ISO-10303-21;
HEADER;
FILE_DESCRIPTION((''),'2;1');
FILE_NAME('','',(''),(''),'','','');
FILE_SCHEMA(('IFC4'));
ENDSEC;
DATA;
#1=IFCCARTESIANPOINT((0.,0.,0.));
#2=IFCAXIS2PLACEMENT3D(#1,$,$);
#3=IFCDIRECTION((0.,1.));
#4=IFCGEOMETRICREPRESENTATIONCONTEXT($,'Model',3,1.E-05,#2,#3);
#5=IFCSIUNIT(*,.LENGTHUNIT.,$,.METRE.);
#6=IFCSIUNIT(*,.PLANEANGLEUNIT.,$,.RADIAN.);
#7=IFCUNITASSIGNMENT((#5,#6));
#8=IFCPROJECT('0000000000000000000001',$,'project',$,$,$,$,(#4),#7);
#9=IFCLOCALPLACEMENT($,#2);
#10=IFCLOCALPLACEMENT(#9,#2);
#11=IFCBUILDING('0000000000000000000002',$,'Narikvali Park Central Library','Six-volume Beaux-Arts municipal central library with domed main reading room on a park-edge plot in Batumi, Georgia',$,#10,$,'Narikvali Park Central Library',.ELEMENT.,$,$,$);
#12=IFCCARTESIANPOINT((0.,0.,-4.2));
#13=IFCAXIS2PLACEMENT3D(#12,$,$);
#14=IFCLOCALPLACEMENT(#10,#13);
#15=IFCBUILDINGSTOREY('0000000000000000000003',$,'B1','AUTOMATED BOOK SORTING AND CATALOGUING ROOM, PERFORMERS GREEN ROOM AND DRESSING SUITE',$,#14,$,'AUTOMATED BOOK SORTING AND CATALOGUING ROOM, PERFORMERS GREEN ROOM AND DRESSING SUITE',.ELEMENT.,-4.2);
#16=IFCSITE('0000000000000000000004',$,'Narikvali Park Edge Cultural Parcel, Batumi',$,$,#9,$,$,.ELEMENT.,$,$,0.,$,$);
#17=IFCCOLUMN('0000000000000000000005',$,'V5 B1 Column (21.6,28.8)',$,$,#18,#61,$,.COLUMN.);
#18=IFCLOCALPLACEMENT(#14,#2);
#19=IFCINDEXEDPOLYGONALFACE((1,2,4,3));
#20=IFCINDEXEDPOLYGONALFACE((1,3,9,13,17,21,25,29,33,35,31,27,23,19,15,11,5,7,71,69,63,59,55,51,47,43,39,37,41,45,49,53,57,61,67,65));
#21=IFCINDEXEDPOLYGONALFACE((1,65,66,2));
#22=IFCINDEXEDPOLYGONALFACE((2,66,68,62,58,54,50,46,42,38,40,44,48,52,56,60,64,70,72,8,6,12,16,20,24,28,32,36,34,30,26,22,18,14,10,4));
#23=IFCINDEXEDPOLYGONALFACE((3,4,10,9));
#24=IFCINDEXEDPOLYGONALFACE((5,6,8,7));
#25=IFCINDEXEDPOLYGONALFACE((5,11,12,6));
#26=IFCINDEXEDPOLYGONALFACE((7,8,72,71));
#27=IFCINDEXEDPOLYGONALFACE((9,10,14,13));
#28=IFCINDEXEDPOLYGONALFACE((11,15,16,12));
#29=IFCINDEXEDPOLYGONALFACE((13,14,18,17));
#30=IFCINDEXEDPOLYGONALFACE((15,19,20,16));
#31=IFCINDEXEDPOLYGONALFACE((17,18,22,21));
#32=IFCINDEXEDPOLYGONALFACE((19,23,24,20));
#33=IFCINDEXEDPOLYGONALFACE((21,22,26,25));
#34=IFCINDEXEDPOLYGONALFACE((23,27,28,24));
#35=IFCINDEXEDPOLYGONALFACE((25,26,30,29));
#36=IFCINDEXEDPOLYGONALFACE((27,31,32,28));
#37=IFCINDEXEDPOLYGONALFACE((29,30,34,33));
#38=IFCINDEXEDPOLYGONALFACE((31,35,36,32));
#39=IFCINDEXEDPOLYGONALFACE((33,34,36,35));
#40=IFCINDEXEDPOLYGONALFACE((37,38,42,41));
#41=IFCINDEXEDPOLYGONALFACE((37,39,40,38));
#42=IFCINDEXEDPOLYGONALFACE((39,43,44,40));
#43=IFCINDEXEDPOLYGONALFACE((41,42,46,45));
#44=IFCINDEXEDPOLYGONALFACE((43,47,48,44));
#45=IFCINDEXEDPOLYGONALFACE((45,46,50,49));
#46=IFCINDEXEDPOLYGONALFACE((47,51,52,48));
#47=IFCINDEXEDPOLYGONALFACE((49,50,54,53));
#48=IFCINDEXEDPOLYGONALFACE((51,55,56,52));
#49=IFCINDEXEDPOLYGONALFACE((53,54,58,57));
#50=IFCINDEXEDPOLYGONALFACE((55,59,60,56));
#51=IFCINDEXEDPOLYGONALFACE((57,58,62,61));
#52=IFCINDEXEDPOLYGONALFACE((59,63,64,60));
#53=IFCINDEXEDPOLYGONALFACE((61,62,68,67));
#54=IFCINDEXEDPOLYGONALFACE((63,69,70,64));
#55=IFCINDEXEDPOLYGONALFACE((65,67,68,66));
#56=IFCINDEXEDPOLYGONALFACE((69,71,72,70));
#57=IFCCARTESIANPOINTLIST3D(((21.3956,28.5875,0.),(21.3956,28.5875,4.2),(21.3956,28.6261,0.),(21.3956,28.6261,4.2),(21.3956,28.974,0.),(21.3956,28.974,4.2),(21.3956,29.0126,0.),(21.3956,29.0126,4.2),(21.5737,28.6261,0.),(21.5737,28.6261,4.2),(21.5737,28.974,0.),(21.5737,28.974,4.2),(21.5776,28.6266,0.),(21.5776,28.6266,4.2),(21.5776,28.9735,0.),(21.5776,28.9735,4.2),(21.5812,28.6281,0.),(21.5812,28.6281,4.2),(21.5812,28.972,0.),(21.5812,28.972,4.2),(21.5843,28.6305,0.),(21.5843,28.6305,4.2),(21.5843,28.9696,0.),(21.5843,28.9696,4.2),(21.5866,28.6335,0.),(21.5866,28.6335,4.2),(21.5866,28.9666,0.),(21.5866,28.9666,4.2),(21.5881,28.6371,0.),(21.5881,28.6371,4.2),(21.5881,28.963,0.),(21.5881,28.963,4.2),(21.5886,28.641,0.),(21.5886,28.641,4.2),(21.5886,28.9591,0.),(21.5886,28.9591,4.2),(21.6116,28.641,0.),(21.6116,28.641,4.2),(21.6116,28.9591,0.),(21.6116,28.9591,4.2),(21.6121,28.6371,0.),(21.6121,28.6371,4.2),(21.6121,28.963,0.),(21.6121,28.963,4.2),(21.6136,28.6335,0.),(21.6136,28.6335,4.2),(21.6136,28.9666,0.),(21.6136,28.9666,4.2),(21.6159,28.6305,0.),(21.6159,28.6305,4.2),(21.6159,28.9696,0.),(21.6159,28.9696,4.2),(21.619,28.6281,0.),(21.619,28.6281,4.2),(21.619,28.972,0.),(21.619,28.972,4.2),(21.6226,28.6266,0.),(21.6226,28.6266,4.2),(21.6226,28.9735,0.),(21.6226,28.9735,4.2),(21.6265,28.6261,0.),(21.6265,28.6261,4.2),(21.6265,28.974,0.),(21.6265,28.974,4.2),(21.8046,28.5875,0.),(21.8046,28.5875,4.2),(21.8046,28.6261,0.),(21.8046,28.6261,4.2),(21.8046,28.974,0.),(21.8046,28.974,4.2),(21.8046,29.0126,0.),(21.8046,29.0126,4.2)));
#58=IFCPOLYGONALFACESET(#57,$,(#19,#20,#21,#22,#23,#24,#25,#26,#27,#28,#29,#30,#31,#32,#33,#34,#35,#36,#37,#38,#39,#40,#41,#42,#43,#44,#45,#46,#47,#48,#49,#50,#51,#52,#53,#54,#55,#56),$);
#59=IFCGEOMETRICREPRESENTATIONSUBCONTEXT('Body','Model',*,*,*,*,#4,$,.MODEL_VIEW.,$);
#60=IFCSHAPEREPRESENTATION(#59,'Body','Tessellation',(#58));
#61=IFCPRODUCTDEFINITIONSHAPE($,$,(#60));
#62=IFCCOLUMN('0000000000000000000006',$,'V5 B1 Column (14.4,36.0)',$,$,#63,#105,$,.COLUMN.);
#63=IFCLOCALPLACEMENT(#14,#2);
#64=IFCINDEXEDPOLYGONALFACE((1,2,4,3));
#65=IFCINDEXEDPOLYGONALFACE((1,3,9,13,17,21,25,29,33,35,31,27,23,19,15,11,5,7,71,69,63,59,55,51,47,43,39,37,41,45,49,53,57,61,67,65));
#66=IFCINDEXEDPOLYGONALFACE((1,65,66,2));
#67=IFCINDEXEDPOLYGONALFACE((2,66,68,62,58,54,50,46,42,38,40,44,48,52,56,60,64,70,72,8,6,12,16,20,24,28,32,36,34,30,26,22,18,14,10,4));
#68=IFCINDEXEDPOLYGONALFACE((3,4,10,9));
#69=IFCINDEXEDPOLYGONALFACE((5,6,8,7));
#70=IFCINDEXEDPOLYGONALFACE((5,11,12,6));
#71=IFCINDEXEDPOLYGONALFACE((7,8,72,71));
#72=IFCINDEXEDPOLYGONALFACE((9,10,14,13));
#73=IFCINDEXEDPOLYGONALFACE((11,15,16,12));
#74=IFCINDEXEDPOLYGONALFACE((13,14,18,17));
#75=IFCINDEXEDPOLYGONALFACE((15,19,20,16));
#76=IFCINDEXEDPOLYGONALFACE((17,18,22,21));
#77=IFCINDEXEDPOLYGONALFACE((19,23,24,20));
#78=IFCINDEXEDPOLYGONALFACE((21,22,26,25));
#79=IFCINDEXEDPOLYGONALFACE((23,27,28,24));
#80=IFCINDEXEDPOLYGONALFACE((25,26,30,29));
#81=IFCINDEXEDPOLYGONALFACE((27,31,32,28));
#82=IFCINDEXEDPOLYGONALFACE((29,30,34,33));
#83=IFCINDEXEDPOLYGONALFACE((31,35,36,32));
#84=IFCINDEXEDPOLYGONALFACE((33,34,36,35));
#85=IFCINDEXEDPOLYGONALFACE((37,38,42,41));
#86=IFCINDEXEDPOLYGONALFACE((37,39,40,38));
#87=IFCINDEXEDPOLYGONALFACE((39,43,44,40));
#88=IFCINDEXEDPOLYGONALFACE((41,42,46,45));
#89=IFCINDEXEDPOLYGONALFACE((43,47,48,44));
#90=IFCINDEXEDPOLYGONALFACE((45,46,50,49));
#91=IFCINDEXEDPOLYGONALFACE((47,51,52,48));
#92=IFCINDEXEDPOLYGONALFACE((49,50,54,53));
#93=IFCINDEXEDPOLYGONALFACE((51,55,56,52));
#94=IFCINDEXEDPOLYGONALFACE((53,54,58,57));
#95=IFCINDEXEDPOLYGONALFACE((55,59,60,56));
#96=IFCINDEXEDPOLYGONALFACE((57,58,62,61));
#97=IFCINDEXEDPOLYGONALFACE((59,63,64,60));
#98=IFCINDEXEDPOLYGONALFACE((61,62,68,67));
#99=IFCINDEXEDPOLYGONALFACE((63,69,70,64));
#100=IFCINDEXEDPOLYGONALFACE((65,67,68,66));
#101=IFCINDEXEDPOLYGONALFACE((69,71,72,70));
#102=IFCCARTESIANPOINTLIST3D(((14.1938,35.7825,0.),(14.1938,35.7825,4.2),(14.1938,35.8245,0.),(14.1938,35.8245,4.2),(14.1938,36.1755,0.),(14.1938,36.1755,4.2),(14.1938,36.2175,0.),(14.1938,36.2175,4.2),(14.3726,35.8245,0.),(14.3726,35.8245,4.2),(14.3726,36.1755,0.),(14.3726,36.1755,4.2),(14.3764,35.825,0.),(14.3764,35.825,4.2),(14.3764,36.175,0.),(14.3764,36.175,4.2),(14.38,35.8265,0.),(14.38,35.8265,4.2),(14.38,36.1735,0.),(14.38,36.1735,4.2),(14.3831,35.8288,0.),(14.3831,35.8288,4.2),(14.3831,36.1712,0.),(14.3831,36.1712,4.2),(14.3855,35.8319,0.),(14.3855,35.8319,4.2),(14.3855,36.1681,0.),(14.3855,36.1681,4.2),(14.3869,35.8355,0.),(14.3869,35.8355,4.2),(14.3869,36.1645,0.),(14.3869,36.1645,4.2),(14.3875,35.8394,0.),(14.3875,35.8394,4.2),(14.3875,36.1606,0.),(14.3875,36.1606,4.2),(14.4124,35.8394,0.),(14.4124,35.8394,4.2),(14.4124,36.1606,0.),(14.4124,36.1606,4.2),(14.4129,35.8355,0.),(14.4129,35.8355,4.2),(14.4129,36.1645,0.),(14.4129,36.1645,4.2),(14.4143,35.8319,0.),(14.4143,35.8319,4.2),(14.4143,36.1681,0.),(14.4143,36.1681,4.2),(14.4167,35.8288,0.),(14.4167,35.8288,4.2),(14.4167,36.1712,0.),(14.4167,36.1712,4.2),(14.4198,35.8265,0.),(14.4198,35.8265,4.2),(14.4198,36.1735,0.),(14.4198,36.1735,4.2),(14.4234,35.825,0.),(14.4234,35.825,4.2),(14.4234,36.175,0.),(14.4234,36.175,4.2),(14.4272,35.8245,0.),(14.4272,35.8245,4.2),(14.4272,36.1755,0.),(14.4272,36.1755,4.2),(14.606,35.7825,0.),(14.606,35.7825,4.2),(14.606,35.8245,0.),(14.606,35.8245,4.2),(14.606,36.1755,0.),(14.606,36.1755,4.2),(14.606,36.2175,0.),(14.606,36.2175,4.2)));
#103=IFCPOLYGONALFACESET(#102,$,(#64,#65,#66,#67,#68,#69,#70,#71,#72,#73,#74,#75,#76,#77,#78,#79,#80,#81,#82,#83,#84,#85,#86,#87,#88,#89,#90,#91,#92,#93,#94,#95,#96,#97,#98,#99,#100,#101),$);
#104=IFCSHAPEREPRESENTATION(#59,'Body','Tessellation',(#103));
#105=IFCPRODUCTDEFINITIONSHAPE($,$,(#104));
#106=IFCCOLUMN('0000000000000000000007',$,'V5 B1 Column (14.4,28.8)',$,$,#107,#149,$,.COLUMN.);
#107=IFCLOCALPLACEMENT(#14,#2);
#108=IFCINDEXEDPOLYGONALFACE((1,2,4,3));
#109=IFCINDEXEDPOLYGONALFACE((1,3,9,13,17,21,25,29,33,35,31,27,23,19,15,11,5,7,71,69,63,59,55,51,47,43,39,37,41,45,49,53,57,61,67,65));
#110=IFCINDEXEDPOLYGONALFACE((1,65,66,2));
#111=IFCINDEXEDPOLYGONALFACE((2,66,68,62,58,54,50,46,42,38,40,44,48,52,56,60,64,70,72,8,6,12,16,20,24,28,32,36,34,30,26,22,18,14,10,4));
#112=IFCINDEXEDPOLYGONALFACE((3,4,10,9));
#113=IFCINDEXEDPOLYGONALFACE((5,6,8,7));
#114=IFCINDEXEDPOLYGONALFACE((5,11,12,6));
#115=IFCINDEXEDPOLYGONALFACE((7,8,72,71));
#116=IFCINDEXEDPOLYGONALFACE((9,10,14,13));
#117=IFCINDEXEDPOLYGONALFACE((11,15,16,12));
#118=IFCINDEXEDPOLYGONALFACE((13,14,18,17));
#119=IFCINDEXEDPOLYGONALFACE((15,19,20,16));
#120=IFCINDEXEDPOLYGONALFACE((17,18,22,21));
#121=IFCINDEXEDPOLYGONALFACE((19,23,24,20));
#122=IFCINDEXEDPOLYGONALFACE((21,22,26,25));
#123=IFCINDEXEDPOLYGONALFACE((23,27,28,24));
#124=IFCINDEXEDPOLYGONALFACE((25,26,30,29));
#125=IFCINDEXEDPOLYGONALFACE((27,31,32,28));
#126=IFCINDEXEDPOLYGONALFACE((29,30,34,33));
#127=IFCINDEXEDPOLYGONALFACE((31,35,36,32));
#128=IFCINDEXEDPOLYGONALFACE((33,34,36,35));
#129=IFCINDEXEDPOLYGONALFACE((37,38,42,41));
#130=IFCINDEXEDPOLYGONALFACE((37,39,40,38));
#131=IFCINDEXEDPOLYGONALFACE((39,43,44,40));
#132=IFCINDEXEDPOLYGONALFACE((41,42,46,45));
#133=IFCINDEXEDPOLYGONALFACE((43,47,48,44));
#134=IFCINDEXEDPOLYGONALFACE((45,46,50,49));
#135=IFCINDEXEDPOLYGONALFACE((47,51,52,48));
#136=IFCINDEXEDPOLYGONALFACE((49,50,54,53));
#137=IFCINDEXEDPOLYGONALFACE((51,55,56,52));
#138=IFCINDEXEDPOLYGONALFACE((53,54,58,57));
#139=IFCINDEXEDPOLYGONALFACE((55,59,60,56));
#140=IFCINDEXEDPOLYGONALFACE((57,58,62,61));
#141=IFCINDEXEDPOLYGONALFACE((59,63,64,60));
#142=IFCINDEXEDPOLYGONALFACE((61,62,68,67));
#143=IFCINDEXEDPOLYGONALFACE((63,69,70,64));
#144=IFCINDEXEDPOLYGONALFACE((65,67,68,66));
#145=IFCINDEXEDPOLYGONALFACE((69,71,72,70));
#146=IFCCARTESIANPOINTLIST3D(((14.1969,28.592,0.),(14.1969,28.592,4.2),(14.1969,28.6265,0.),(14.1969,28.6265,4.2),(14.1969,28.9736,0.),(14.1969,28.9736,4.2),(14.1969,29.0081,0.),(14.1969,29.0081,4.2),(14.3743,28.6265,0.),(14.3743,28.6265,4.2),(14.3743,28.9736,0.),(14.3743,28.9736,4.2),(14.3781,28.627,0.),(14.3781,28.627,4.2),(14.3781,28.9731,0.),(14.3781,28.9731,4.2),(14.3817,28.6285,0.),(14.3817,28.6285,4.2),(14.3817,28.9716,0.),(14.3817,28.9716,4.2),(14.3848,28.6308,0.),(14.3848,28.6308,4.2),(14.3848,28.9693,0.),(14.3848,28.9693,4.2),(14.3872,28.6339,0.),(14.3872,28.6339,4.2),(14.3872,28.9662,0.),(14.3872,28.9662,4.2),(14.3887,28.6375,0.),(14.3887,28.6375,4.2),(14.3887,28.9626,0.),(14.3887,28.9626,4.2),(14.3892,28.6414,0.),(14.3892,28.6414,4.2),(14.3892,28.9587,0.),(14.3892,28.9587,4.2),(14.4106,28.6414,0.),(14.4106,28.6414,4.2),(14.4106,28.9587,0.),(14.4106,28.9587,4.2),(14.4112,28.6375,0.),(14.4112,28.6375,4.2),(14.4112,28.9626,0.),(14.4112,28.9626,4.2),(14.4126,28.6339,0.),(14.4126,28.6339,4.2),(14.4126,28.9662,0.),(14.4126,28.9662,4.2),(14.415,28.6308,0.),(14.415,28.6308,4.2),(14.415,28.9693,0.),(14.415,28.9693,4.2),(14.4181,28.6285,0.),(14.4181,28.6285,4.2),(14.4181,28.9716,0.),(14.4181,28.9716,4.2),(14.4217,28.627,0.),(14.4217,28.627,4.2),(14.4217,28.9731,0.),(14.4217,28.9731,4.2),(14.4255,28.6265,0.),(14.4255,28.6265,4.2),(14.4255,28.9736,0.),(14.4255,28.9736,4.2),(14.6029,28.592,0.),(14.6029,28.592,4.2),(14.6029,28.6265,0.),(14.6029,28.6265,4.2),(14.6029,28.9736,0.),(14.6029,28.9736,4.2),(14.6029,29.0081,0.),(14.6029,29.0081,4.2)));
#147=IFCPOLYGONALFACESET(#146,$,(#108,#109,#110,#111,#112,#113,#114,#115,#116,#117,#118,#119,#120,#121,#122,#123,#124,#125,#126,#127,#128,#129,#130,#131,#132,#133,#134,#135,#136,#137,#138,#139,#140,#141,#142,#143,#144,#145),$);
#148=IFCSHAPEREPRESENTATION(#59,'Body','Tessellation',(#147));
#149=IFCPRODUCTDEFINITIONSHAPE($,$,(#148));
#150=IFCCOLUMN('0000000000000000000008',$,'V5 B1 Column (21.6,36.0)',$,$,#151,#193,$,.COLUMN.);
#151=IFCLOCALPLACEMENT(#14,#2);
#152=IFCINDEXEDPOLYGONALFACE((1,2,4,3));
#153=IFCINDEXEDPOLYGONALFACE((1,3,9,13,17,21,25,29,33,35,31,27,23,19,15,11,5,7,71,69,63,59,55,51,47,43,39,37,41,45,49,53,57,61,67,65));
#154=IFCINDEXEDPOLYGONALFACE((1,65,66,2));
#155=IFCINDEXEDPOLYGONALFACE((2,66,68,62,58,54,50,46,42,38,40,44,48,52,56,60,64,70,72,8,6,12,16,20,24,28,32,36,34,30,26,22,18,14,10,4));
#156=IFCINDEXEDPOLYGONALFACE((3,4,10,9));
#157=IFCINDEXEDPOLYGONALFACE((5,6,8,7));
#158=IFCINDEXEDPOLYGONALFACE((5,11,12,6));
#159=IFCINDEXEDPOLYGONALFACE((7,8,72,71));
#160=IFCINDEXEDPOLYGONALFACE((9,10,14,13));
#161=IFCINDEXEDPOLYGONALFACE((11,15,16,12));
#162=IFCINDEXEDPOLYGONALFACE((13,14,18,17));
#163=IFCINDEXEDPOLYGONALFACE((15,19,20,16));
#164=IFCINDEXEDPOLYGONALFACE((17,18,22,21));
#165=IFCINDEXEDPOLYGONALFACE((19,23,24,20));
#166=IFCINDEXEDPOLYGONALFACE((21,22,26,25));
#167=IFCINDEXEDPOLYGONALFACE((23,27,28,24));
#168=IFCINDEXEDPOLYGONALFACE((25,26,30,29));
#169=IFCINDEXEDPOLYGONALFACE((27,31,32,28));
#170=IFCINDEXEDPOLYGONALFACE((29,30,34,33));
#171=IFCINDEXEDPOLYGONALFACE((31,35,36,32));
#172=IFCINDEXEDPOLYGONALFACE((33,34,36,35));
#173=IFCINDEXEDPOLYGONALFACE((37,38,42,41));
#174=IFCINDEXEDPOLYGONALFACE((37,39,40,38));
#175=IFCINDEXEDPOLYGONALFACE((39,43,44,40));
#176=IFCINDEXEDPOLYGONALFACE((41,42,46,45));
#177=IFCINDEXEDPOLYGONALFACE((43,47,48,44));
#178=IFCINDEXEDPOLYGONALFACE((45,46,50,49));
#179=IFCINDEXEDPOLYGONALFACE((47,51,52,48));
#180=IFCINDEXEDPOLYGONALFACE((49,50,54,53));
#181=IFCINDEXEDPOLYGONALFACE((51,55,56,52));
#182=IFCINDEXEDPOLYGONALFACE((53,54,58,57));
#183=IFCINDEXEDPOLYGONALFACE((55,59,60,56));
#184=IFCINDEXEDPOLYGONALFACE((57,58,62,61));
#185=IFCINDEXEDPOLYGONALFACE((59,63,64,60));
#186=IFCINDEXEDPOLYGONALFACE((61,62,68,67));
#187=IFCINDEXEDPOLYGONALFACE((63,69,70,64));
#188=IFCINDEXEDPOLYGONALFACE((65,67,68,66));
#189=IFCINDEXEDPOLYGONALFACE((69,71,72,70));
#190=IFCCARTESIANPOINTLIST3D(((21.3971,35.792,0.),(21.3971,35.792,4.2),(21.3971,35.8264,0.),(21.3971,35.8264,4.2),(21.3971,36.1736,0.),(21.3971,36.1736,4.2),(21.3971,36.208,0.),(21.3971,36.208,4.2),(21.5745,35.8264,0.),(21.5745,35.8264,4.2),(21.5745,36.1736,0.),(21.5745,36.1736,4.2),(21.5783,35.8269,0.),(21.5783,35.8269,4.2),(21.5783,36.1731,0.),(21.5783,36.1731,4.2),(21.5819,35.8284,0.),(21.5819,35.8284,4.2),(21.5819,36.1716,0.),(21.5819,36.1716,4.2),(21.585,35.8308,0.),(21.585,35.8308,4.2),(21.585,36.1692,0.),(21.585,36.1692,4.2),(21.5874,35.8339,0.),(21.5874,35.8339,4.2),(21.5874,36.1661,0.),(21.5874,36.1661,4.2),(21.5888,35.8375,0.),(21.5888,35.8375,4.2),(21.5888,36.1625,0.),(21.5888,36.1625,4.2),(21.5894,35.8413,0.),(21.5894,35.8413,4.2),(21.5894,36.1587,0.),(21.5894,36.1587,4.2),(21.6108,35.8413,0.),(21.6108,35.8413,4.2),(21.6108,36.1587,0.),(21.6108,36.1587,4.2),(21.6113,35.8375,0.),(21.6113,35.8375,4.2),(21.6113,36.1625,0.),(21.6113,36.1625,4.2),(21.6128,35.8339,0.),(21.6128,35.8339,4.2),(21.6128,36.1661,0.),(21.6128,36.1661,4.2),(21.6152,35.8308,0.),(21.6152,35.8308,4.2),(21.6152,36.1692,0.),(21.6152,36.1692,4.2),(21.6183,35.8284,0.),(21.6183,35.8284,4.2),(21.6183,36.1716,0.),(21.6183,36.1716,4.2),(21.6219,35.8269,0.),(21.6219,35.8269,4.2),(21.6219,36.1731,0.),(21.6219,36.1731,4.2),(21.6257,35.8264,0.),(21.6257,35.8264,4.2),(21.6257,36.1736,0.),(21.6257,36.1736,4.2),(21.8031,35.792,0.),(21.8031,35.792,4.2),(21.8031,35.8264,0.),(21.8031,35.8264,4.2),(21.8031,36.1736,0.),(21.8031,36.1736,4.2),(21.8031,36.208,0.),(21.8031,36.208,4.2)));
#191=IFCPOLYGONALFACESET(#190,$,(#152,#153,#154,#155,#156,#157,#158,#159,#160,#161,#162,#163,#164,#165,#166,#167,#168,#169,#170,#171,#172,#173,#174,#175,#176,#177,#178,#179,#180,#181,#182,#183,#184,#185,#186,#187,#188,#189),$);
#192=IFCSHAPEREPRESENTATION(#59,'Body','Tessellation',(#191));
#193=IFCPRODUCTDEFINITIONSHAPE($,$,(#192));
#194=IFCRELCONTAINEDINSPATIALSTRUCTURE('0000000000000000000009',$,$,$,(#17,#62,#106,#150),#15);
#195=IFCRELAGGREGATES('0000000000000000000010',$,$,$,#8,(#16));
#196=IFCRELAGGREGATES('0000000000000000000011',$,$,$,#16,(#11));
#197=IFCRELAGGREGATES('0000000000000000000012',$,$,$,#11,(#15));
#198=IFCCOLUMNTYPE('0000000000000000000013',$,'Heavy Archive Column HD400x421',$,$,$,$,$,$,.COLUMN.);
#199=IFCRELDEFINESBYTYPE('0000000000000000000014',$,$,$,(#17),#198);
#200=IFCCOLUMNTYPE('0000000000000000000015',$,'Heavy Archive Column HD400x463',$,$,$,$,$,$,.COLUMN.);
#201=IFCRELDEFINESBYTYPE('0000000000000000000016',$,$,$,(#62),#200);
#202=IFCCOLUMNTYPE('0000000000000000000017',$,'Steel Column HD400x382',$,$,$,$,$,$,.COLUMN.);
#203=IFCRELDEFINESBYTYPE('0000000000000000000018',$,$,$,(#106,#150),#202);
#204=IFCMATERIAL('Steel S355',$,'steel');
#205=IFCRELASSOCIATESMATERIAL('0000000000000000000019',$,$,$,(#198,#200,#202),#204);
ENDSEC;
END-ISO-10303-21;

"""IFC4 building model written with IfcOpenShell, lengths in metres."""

from ifc_helpers import new_model, si_unit, direction, frame, origin, origin_2d, place, context, subcontext, project, spatial, i_section, extrude, material, material_profile, profile_set, type_object, element, save


model = new_model("IFC4")

# Units and contexts
model_context = context("Model", 3, precision=1e-05, world=origin(), true_north=direction((0.0, 1.0)))
body_context = subcontext(model_context, "Body", "Model", "MODEL_VIEW")
ifc_project = project(units=[si_unit("LENGTHUNIT", "METRE"), si_unit("PLANEANGLEUNIT", "RADIAN")], contexts=[model_context])

# Site, building, storey
site_placement = place(None, origin())
site = spatial("IfcSite", under=ifc_project, at=site_placement, Name="Narikvali Park Edge Cultural Parcel, Batumi", CompositionType="ELEMENT", RefElevation=0.0)
building_placement = place(site_placement, origin())
building = spatial("IfcBuilding", under=site, at=building_placement, Name="Narikvali Park Central Library", Description="Six-volume Beaux-Arts municipal central library with domed main reading room on a park-edge plot in Batumi, Georgia", LongName="Narikvali Park Central Library", CompositionType="ELEMENT")
storey_placement = place(building_placement, frame((0.0, 0.0, -4.2)))
storey = spatial("IfcBuildingStorey", under=building, at=storey_placement, Name="B1", Description="AUTOMATED BOOK SORTING AND CATALOGUING ROOM, PERFORMERS GREEN ROOM AND DRESSING SUITE", LongName="AUTOMATED BOOK SORTING AND CATALOGUING ROOM, PERFORMERS GREEN ROOM AND DRESSING SUITE", CompositionType="ELEMENT", Elevation=-4.2)

# Columns
ifc_material_1 = material(Name="Steel S355", Category="steel")
ifc_material_profile_1 = material_profile(ifc_material_1, i_section(OverallWidth=0.4089, OverallDepth=0.425, WebThickness=0.0229, FlangeThickness=0.0386, FilletRadius=0.0149, at=origin_2d()), Name="HD 400x421")
ifc_profile_set_1 = profile_set([ifc_material_profile_1], Name="Steel S355")
column_type_1 = type_object("IfcColumnType", Name="Heavy Archive Column HD400x421", PredefinedType="COLUMN", material=ifc_profile_set_1)
column_1_placement = place(storey_placement, frame((21.6001, 28.8, 0.0), z_axis=(0.0, 0.0, 1.0), x_axis=(1.0, 0.0, 0.0)))
element("IfcColumn", 1, at=column_1_placement, inside=storey, type_object=column_type_1, Name="V5 B1 Column (21.6,28.8)", PredefinedType="COLUMN", context=body_context, shape_type="SweptSolid", body=[
    extrude(i_section(OverallWidth=0.4089, OverallDepth=0.425, WebThickness=0.0229, FlangeThickness=0.0386, FilletRadius=0.0149, at=origin_2d()), origin(), (0.0, 0.0, 1.0), 4.2),
])
ifc_material_profile_2 = material_profile(ifc_material_1, i_section(OverallWidth=0.4121, OverallDepth=0.4351, WebThickness=0.0249, FlangeThickness=0.042, FilletRadius=0.0149, at=origin_2d()), Name="HD 400x463")
ifc_profile_set_2 = profile_set([ifc_material_profile_2], Name="Steel S355")
column_type_2 = type_object("IfcColumnType", Name="Heavy Archive Column HD400x463", PredefinedType="COLUMN", material=ifc_profile_set_2)
column_2_placement = place(storey_placement, frame((14.3999, 36.0, 0.0), z_axis=(0.0, 0.0, 1.0), x_axis=(1.0, 0.0, 0.0)))
element("IfcColumn", 2, at=column_2_placement, inside=storey, type_object=column_type_2, Name="V5 B1 Column (14.4,36.0)", PredefinedType="COLUMN", context=body_context, shape_type="SweptSolid", body=[
    extrude(i_section(OverallWidth=0.4121, OverallDepth=0.4351, WebThickness=0.0249, FlangeThickness=0.042, FilletRadius=0.0149, at=origin_2d()), origin(), (0.0, 0.0, 1.0), 4.2),
])
ifc_material_profile_3 = material_profile(ifc_material_1, i_section(OverallWidth=0.406, OverallDepth=0.416, WebThickness=0.0215, FlangeThickness=0.0344, FilletRadius=0.0149, at=origin_2d()), Name="HD 400x382")
ifc_profile_set_3 = profile_set([ifc_material_profile_3], Name="Steel S355")
column_type_3 = type_object("IfcColumnType", Name="Steel Column HD400x382", PredefinedType="COLUMN", material=ifc_profile_set_3)
for number, where, z_axis, x_axis, name in (
    (3, (14.3999, 28.8, 0.0), (0.0, 0.0, 1.0), (1.0, 0.0, 0.0), "V5 B1 Column (14.4,28.8)"),
    (4, (21.6001, 36.0, 0.0), (0.0, 0.0, 1.0), (1.0, 0.0, 0.0), "V5 B1 Column (21.6,36.0)"),
):
    element("IfcColumn", number, at=place(storey_placement, frame(where, z_axis=z_axis, x_axis=x_axis)), inside=storey, type_object=column_type_3, Name=name, PredefinedType="COLUMN", context=body_context, shape_type="SweptSolid", body=[
        extrude(i_section(OverallWidth=0.406, OverallDepth=0.416, WebThickness=0.0215, FlangeThickness=0.0344, FilletRadius=0.0149, at=origin_2d()), origin(), (0.0, 0.0, 1.0), 4.2),
    ])

save(model, "model.ifc")
